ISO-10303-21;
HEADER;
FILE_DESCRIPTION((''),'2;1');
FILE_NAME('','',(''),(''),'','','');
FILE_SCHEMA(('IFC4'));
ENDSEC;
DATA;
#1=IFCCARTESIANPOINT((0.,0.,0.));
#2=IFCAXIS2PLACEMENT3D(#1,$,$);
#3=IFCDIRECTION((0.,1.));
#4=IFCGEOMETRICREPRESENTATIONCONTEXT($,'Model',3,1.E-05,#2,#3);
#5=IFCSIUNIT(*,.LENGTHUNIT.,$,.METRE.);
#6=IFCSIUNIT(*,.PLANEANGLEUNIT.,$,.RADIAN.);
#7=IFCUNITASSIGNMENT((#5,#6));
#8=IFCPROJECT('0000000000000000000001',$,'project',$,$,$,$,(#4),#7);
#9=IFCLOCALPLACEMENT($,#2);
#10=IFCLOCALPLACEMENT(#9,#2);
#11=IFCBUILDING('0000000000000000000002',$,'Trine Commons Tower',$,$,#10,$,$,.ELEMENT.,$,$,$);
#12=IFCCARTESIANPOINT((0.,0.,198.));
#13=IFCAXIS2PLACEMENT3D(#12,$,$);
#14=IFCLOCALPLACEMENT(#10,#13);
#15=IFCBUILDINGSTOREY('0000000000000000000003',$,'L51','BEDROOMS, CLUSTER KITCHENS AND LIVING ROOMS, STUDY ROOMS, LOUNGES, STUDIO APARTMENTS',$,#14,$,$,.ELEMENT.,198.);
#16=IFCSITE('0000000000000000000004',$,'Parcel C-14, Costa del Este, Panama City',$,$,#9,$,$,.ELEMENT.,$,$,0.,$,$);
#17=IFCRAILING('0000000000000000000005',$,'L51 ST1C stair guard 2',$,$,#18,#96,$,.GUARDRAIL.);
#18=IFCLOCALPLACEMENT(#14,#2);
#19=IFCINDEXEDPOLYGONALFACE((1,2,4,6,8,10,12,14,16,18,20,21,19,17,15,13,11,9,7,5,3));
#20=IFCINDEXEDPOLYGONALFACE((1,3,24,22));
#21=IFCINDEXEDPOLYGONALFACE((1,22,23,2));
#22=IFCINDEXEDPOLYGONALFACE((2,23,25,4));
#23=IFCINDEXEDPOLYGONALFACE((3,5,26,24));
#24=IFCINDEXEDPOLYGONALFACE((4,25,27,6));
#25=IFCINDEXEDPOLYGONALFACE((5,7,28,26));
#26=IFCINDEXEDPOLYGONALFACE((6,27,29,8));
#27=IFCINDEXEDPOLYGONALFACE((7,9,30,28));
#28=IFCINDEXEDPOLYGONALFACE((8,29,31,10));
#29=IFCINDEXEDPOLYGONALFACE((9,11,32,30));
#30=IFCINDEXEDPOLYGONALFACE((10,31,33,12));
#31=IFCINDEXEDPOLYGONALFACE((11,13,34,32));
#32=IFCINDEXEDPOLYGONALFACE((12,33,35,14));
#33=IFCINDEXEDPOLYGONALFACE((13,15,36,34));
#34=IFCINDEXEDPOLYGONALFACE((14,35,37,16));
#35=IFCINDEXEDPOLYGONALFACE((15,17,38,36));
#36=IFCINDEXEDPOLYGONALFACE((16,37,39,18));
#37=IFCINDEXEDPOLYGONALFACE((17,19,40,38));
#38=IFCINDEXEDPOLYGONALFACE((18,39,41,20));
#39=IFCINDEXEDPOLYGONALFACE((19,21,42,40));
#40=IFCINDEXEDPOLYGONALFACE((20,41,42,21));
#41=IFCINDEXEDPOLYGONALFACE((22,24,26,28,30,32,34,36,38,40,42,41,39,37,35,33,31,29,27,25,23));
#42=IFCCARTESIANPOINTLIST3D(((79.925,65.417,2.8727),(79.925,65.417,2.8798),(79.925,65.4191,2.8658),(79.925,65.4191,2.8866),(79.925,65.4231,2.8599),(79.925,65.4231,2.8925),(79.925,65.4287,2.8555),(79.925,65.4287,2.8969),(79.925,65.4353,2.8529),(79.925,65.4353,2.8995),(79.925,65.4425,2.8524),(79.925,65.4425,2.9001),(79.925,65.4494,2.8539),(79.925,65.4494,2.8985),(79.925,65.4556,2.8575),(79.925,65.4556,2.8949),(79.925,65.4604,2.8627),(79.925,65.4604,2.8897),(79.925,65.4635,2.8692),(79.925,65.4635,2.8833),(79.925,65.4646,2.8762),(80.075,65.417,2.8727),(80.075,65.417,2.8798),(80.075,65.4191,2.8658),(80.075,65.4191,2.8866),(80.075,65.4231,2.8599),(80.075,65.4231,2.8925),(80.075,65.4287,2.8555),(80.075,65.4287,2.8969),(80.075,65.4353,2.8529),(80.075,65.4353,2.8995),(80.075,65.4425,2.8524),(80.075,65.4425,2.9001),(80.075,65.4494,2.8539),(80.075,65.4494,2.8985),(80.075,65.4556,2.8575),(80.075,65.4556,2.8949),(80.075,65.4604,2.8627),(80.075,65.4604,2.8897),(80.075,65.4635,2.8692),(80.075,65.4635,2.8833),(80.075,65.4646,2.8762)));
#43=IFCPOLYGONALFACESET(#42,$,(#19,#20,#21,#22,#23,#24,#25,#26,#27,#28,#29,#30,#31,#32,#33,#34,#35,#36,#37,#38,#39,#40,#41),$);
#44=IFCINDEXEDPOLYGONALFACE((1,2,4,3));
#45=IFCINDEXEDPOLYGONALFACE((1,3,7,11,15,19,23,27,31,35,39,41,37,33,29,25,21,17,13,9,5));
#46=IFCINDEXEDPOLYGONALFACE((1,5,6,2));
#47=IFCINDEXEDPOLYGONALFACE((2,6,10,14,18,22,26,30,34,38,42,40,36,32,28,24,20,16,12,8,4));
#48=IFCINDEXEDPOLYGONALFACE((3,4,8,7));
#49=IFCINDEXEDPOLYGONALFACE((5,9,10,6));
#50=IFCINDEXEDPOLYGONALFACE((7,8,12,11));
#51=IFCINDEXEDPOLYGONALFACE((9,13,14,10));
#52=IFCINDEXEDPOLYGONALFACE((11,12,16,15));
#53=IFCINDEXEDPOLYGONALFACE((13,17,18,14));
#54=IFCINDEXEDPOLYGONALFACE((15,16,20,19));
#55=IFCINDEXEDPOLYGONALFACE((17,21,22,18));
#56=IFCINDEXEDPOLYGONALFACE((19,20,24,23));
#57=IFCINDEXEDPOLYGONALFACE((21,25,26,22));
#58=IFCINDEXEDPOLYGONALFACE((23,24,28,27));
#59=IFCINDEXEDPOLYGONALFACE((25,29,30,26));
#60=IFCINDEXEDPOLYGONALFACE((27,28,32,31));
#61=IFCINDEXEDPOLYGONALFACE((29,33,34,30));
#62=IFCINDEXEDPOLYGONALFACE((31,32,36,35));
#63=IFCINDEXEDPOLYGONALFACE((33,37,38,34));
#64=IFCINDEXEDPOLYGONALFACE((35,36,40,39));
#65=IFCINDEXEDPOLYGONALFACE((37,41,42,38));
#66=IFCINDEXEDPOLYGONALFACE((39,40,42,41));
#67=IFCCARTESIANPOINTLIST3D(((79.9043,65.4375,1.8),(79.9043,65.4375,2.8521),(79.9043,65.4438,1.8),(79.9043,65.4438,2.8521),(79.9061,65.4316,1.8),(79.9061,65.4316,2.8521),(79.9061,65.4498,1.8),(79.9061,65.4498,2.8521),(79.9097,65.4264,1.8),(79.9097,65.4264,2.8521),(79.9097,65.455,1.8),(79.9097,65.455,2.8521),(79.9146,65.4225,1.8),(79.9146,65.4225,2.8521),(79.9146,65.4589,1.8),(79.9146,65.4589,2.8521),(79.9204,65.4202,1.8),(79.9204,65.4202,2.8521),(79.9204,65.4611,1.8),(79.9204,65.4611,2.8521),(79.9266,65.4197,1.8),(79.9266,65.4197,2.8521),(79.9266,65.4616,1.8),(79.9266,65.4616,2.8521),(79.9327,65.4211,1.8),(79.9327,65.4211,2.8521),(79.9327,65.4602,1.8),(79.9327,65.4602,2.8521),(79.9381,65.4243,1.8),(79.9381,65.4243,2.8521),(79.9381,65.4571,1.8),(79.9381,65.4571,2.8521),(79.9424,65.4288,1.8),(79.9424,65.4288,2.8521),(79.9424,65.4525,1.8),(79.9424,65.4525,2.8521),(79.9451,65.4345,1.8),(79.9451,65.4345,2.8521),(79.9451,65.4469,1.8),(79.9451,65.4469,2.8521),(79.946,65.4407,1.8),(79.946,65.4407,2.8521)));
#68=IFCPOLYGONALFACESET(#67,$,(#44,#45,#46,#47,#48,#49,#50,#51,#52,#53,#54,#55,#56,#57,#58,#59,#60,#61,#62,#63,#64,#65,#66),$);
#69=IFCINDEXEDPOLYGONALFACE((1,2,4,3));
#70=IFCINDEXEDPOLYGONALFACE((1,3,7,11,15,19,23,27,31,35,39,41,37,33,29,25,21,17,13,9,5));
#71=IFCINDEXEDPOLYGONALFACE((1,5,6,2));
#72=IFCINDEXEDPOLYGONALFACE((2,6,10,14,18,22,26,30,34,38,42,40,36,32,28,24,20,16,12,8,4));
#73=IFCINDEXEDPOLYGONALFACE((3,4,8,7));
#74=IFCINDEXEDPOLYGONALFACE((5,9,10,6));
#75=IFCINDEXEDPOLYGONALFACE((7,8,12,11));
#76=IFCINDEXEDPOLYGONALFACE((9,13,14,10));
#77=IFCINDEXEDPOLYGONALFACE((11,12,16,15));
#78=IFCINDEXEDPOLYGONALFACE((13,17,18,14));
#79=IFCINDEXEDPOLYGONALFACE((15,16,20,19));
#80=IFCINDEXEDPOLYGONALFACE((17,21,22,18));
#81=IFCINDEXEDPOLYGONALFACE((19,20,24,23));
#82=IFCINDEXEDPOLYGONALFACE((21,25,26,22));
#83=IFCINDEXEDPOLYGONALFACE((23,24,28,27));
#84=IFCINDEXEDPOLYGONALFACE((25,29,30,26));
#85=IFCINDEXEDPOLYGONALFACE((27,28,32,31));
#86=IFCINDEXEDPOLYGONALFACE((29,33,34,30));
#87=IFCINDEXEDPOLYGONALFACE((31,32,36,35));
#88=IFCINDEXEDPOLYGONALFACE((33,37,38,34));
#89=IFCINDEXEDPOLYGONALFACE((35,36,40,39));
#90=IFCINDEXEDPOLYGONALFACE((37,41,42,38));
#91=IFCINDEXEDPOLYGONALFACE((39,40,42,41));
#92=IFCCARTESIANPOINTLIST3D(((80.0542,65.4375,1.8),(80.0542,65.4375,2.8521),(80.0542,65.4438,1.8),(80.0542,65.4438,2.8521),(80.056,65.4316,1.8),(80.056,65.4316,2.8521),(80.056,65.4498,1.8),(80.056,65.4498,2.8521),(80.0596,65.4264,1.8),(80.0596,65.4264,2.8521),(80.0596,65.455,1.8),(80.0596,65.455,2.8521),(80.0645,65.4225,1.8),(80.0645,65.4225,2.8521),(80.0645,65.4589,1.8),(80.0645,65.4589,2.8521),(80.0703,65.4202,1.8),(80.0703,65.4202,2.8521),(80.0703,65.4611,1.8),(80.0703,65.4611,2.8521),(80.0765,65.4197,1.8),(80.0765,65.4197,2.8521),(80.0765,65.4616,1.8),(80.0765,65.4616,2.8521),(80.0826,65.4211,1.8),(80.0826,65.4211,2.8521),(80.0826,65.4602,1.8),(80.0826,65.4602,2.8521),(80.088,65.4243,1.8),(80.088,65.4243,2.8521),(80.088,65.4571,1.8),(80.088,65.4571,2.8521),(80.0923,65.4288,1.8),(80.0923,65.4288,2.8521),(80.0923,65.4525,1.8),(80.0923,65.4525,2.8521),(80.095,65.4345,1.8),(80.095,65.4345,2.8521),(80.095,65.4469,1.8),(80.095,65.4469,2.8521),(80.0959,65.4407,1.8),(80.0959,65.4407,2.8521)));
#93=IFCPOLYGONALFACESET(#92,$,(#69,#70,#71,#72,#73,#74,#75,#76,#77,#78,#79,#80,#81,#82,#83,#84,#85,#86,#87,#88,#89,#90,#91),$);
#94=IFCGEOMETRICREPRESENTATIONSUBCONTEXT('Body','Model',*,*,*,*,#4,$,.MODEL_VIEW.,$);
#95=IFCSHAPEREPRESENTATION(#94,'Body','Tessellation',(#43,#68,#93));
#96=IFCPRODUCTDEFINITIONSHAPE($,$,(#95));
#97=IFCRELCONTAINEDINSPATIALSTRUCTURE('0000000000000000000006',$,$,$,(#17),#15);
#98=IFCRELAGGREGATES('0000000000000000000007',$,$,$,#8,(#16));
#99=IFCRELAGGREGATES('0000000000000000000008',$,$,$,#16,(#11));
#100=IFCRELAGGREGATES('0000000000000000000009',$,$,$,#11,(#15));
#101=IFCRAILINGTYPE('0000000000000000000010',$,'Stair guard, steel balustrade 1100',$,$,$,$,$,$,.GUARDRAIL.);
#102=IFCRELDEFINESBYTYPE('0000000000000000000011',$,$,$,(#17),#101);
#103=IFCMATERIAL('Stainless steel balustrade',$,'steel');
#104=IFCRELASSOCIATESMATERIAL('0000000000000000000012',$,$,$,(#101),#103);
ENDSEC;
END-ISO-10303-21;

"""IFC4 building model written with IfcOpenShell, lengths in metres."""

from ifc_helpers import new_model, si_unit, direction, frame, origin, origin_2d, place, context, subcontext, project, spatial, circle, extrude, material, type_object, element, save


model = new_model("IFC4")

# Units and contexts
model_context = context("Model", 3, precision=1e-05, world=origin(), true_north=direction((0.0, 1.0)))
body_context = subcontext(model_context, "Body", "Model", "MODEL_VIEW")
ifc_project = project(units=[si_unit("LENGTHUNIT", "METRE"), si_unit("PLANEANGLEUNIT", "RADIAN")], contexts=[model_context])

# Site, building, storey
site_placement = place(None, origin())
site = spatial("IfcSite", under=ifc_project, at=site_placement, Name="Parcel C-14, Costa del Este, Panama City", CompositionType="ELEMENT", RefElevation=0.0)
building_placement = place(site_placement, origin())
building = spatial("IfcBuilding", under=site, at=building_placement, Name="Trine Commons Tower", CompositionType="ELEMENT")
storey_placement = place(building_placement, frame((0.0, 0.0, 198.0)))
storey = spatial("IfcBuildingStorey", under=building, at=storey_placement, Name="L51", Description="BEDROOMS, CLUSTER KITCHENS AND LIVING ROOMS, STUDY ROOMS, LOUNGES, STUDIO APARTMENTS", CompositionType="ELEMENT", Elevation=198.0)

# Railing
ifc_material_1 = material(Name="Stainless steel balustrade", Category="steel")
railing_type_1 = type_object("IfcRailingType", Name="Stair guard, steel balustrade 1100", PredefinedType="GUARDRAIL", material=ifc_material_1)
railing_1_placement = place(storey_placement, frame((79.925, 65.4407, 1.8)))
element("IfcRailing", 1, at=railing_1_placement, inside=storey, type_object=railing_type_1, Name="L51 ST1C stair guard 2", PredefinedType="GUARDRAIL", context=body_context, shape_type="SweptSolid", body=[
    extrude(circle(Radius=0.0239, at=origin_2d()), frame((0.0, 0.0, 1.0762), z_axis=(1.0, 0.0, 0.0), x_axis=(0.0, 1.0, 0.0)), (0.0, 0.0, 1.0), 0.1499),
    extrude(circle(Radius=0.021, at=origin_2d()), origin(), (0.0, 0.0, 1.0), 1.052),
    extrude(circle(Radius=0.021, at=origin_2d()), frame((0.1499, 0.0, 0.0)), (0.0, 0.0, 1.0), 1.052),
])

save(model, "model.ifc")
